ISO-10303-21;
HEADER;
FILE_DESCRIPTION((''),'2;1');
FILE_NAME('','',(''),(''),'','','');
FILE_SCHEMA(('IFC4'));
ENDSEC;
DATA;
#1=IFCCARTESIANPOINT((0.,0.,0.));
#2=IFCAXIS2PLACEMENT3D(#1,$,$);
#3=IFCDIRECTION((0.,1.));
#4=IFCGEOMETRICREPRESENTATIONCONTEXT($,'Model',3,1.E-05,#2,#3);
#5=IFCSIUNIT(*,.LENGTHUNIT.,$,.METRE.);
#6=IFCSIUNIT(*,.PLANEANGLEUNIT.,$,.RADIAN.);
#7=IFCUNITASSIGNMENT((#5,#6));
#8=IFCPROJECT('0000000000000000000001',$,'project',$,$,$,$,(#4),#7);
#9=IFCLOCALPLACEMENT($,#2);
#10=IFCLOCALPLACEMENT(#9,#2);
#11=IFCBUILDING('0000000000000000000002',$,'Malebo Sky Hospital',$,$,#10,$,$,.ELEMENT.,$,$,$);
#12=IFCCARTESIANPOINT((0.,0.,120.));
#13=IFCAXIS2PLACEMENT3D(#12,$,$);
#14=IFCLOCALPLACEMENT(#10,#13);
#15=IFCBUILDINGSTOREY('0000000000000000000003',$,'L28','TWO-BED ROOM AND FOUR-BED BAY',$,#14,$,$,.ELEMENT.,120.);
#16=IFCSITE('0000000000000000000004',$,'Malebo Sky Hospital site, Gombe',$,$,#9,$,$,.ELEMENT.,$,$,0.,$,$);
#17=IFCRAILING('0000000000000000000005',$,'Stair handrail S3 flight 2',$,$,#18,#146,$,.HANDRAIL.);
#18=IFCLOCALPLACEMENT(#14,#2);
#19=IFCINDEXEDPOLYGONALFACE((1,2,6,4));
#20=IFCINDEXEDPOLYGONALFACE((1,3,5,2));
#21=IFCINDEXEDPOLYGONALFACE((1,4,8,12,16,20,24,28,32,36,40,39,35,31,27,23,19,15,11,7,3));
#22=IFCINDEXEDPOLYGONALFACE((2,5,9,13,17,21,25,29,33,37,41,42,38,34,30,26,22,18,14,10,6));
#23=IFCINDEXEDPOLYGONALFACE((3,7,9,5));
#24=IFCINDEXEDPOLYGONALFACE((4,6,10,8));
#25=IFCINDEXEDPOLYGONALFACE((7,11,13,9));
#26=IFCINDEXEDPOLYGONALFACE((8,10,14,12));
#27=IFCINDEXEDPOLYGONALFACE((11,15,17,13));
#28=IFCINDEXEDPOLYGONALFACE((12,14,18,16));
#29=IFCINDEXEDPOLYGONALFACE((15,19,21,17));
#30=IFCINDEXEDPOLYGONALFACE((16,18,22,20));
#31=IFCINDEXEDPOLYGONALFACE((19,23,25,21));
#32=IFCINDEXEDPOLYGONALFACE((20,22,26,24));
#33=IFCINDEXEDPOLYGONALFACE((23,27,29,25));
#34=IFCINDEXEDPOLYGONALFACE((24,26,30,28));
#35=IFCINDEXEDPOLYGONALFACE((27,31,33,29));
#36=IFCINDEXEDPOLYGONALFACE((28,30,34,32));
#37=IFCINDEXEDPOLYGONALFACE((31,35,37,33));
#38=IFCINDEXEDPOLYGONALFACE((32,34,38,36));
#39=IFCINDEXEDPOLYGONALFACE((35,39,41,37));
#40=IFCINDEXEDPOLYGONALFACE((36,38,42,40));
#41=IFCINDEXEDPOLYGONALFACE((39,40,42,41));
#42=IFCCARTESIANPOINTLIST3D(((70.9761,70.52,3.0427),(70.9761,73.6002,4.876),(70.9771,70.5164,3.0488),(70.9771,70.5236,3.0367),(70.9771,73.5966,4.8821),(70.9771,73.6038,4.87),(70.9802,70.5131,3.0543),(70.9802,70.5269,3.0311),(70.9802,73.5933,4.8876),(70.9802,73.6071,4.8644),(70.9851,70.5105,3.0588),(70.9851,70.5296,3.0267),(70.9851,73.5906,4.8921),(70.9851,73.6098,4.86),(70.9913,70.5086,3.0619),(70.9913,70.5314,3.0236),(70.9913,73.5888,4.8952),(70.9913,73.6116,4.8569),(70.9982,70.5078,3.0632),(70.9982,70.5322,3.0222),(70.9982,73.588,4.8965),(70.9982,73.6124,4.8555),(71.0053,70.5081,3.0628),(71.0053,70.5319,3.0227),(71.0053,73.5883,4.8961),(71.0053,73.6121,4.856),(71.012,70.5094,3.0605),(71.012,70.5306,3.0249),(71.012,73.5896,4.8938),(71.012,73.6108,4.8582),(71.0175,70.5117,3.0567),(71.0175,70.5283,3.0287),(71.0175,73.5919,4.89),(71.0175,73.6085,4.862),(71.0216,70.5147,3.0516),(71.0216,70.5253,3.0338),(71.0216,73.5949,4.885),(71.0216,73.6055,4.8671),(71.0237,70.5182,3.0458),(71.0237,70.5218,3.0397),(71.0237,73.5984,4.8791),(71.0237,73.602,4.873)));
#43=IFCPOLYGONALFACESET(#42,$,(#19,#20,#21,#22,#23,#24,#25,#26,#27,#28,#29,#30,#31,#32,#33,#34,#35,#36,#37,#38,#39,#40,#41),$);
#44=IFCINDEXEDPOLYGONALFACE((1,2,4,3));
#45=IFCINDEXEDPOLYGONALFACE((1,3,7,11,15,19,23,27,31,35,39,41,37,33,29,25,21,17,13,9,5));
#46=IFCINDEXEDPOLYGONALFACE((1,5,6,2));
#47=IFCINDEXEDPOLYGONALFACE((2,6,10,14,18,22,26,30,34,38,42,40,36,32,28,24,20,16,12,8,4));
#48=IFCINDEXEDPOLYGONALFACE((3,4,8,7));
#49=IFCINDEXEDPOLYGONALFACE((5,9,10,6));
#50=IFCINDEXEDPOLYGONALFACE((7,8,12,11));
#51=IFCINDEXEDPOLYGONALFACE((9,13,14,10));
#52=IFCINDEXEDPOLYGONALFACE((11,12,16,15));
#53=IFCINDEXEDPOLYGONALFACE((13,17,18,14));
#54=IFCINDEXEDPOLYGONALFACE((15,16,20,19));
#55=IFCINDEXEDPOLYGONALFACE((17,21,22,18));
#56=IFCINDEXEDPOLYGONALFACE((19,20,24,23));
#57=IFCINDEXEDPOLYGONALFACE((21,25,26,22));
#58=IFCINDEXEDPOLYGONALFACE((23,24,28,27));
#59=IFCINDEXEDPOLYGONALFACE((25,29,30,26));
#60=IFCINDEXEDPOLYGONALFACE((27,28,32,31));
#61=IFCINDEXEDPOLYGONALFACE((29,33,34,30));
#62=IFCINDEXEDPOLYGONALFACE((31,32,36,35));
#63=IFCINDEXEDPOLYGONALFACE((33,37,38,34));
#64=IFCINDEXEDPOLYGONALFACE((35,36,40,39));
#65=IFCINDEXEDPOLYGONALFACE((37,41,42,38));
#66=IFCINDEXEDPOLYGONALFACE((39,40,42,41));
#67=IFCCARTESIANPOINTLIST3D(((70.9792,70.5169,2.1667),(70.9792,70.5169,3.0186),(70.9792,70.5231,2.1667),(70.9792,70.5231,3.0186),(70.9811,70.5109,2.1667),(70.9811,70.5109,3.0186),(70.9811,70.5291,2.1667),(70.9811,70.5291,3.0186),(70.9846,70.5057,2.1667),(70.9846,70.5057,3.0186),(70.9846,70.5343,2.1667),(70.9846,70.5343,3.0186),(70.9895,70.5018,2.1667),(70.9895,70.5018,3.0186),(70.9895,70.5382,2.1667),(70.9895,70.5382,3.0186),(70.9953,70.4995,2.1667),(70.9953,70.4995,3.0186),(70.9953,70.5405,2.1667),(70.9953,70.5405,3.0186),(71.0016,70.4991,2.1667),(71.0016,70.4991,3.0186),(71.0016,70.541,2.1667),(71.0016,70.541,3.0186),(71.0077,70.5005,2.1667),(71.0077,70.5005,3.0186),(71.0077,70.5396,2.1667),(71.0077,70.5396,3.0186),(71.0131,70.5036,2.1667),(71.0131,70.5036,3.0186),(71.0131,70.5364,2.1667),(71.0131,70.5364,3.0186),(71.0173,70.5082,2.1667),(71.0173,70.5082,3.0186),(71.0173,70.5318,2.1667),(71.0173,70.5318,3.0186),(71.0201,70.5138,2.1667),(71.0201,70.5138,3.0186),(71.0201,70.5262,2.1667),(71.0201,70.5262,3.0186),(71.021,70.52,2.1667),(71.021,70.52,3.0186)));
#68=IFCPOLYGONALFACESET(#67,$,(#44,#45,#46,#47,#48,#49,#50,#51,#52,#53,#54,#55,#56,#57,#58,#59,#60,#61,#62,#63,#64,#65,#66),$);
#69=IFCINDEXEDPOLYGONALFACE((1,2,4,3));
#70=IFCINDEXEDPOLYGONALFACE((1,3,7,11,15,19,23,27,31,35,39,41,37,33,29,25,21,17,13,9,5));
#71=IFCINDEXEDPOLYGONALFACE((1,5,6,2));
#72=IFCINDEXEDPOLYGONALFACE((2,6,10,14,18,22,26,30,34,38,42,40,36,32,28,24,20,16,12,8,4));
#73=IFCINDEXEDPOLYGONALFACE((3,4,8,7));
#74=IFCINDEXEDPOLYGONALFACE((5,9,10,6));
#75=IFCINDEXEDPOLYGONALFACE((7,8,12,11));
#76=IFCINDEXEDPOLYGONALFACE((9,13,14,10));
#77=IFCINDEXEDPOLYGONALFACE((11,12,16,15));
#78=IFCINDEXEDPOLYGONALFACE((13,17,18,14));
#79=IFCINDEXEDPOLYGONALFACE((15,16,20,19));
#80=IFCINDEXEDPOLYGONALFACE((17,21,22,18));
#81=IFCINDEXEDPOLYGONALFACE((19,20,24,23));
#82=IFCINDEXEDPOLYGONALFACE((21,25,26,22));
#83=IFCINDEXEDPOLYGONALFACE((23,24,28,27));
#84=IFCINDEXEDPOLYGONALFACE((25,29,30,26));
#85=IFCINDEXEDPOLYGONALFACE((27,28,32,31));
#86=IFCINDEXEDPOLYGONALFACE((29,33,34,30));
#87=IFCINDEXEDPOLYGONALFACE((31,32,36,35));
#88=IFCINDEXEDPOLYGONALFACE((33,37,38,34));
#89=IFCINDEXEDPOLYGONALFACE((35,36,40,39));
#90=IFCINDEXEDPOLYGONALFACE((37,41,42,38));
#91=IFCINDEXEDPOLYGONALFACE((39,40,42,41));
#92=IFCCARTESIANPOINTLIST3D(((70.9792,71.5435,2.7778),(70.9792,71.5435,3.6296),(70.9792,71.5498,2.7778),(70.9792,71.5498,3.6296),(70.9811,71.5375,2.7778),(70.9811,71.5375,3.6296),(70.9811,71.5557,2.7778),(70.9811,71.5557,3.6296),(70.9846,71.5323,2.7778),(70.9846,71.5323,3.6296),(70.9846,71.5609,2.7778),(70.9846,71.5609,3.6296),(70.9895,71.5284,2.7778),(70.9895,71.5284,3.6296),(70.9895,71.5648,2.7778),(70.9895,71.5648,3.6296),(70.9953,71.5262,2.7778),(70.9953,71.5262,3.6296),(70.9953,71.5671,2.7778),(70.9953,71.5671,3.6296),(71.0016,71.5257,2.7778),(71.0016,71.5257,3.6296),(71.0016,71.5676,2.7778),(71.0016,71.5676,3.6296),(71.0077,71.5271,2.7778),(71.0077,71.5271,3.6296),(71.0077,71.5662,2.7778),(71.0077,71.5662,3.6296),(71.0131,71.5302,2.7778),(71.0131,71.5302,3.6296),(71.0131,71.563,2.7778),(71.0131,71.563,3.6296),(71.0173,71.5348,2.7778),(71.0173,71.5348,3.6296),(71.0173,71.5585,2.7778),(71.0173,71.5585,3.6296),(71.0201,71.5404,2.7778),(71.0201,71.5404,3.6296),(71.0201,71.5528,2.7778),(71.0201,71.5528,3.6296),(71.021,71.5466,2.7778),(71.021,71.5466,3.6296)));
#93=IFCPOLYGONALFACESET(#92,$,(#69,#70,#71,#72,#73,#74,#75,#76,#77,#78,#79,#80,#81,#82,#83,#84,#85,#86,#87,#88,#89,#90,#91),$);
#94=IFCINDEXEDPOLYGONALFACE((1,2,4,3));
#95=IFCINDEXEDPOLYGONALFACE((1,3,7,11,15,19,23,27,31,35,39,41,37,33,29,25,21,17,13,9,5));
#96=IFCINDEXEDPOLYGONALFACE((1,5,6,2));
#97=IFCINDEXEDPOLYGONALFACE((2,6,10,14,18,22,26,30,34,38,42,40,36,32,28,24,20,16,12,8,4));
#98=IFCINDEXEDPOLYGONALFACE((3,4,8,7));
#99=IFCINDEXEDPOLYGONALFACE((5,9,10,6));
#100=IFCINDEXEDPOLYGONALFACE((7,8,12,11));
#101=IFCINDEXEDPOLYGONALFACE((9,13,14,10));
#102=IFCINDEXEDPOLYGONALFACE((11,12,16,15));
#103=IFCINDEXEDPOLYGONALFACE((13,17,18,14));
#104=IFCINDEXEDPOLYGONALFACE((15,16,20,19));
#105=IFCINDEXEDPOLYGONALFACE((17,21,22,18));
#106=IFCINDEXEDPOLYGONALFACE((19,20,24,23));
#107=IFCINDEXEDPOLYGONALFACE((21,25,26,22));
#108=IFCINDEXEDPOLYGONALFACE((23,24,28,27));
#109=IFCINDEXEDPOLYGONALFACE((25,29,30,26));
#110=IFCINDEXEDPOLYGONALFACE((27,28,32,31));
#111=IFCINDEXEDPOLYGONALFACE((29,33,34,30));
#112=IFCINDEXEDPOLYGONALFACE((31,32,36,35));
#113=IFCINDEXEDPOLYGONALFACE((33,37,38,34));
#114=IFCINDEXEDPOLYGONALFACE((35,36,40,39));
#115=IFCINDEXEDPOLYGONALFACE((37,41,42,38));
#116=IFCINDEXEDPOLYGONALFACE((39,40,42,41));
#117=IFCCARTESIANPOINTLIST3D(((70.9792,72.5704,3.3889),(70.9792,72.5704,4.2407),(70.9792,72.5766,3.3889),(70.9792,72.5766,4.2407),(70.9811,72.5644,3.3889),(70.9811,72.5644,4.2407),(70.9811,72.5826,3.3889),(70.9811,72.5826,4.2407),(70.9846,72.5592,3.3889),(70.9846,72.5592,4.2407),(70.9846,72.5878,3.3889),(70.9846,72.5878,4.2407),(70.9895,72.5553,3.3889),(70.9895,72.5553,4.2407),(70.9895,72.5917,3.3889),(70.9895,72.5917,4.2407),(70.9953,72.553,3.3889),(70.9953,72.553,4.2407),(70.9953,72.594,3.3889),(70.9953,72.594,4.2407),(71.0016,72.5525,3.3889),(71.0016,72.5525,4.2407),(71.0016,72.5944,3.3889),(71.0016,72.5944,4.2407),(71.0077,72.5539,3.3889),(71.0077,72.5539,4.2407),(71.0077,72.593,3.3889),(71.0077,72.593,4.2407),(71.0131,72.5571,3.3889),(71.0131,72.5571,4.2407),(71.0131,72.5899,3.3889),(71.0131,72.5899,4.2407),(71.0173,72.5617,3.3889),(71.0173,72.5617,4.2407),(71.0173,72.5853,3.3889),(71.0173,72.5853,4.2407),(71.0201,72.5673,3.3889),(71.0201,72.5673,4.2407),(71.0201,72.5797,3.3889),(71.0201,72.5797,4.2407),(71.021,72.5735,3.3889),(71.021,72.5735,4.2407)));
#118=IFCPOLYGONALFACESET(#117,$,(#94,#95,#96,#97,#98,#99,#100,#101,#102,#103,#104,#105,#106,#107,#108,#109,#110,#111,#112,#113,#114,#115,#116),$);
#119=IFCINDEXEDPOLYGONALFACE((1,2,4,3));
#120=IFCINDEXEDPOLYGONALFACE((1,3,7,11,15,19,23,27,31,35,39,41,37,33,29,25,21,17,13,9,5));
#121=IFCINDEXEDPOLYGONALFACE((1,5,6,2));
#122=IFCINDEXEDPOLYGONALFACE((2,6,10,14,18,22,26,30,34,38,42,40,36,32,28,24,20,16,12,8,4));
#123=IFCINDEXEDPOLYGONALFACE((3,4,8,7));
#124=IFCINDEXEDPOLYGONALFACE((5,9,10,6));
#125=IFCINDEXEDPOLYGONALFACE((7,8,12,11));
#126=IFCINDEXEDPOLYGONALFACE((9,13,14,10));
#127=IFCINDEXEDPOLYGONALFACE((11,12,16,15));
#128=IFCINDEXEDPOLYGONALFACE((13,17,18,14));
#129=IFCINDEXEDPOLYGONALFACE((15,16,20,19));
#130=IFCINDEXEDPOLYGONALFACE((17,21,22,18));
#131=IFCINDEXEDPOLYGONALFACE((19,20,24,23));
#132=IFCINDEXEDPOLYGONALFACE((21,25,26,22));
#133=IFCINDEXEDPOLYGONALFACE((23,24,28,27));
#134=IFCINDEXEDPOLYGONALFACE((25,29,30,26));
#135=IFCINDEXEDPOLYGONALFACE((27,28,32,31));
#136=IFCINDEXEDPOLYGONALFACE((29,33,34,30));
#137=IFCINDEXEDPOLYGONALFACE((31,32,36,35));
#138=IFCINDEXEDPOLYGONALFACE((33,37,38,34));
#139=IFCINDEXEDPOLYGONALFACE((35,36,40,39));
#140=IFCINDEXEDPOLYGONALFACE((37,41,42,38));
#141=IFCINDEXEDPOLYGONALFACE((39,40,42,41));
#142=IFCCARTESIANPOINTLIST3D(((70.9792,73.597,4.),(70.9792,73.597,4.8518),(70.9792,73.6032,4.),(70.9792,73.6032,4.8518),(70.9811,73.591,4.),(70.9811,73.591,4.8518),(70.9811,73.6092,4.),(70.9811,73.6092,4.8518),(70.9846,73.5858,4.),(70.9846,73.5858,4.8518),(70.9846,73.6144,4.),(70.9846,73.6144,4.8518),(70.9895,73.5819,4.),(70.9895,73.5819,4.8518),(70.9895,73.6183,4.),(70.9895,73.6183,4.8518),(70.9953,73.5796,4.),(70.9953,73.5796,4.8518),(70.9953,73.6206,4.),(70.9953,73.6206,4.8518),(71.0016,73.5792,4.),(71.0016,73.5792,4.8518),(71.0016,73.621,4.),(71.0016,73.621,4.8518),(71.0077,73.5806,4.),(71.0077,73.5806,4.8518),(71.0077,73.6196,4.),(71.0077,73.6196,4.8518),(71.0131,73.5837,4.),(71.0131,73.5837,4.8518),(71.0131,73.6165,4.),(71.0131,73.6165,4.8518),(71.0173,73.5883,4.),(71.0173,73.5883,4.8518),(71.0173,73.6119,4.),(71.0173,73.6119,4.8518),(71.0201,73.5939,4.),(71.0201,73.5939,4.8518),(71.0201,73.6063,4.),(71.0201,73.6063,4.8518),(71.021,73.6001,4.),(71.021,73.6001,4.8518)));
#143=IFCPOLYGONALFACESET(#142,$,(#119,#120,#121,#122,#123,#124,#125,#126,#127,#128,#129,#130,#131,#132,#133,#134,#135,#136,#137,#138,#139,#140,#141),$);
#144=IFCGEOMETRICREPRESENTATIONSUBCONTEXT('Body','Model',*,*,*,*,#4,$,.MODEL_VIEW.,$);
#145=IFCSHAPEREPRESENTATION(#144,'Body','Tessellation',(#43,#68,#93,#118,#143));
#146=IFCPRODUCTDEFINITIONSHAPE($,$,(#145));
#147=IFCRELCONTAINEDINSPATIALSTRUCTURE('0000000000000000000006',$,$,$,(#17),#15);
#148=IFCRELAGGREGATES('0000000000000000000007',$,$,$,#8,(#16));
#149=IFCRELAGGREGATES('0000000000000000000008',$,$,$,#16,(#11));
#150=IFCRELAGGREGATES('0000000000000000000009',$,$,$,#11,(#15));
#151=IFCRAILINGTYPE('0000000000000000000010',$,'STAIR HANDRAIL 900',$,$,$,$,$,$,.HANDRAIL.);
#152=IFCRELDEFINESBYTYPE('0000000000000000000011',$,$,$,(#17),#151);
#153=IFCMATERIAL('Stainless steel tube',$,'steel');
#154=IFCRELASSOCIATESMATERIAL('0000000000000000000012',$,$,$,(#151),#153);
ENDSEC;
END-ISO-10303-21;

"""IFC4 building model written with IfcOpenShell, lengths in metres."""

from ifc_helpers import new_model, si_unit, direction, frame, origin, origin_2d, place, context, subcontext, project, spatial, circle, extrude, material, type_object, element, save


model = new_model("IFC4")

# Units and contexts
model_context = context("Model", 3, precision=1e-05, world=origin(), true_north=direction((0.0, 1.0)))
body_context = subcontext(model_context, "Body", "Model", "MODEL_VIEW")
ifc_project = project(units=[si_unit("LENGTHUNIT", "METRE"), si_unit("PLANEANGLEUNIT", "RADIAN")], contexts=[model_context])

# Site, building, storey
site_placement = place(None, origin())
site = spatial("IfcSite", under=ifc_project, at=site_placement, Name="Malebo Sky Hospital site, Gombe", CompositionType="ELEMENT", RefElevation=0.0)
building_placement = place(site_placement, origin())
building = spatial("IfcBuilding", under=site, at=building_placement, Name="Malebo Sky Hospital", CompositionType="ELEMENT")
storey_placement = place(building_placement, frame((0.0, 0.0, 120.0)))
storey = spatial("IfcBuildingStorey", under=building, at=storey_placement, Name="L28", Description="TWO-BED ROOM AND FOUR-BED BAY", CompositionType="ELEMENT", Elevation=120.0)

# Railing
ifc_material_1 = material(Name="Stainless steel tube", Category="steel")
railing_type = type_object("IfcRailingType", Name="STAIR HANDRAIL 900", PredefinedType="HANDRAIL", material=ifc_material_1)
railing_1_placement = place(storey_placement, frame((71.0, 70.52, 2.1667)))
element("IfcRailing", 1, at=railing_1_placement, inside=storey, type_object=railing_type, Name="Stair handrail S3 flight 2", PredefinedType="HANDRAIL", context=body_context, shape_type="SweptSolid", body=[
    extrude(circle(Radius=0.0239, at=origin_2d()), frame((0.0, 0.0, 0.876), z_axis=(0.0, 0.859309, 0.511458), x_axis=(-1.0, 0.0, 0.0)), (0.0, 0.0, 1.0), 3.5845),
    extrude(circle(Radius=0.021, at=origin_2d()), origin(), (0.0, 0.0, 1.0), 0.8518),
    extrude(circle(Radius=0.021, at=origin_2d()), frame((0.0, 1.0266, 0.6111)), (0.0, 0.0, 1.0), 0.8518),
    extrude(circle(Radius=0.021, at=origin_2d()), frame((0.0, 2.0535, 1.2222)), (0.0, 0.0, 1.0), 0.8518),
    extrude(circle(Radius=0.021, at=origin_2d()), frame((0.0, 3.0801, 1.8333)), (0.0, 0.0, 1.0), 0.8518),
])

save(model, "model.ifc")
